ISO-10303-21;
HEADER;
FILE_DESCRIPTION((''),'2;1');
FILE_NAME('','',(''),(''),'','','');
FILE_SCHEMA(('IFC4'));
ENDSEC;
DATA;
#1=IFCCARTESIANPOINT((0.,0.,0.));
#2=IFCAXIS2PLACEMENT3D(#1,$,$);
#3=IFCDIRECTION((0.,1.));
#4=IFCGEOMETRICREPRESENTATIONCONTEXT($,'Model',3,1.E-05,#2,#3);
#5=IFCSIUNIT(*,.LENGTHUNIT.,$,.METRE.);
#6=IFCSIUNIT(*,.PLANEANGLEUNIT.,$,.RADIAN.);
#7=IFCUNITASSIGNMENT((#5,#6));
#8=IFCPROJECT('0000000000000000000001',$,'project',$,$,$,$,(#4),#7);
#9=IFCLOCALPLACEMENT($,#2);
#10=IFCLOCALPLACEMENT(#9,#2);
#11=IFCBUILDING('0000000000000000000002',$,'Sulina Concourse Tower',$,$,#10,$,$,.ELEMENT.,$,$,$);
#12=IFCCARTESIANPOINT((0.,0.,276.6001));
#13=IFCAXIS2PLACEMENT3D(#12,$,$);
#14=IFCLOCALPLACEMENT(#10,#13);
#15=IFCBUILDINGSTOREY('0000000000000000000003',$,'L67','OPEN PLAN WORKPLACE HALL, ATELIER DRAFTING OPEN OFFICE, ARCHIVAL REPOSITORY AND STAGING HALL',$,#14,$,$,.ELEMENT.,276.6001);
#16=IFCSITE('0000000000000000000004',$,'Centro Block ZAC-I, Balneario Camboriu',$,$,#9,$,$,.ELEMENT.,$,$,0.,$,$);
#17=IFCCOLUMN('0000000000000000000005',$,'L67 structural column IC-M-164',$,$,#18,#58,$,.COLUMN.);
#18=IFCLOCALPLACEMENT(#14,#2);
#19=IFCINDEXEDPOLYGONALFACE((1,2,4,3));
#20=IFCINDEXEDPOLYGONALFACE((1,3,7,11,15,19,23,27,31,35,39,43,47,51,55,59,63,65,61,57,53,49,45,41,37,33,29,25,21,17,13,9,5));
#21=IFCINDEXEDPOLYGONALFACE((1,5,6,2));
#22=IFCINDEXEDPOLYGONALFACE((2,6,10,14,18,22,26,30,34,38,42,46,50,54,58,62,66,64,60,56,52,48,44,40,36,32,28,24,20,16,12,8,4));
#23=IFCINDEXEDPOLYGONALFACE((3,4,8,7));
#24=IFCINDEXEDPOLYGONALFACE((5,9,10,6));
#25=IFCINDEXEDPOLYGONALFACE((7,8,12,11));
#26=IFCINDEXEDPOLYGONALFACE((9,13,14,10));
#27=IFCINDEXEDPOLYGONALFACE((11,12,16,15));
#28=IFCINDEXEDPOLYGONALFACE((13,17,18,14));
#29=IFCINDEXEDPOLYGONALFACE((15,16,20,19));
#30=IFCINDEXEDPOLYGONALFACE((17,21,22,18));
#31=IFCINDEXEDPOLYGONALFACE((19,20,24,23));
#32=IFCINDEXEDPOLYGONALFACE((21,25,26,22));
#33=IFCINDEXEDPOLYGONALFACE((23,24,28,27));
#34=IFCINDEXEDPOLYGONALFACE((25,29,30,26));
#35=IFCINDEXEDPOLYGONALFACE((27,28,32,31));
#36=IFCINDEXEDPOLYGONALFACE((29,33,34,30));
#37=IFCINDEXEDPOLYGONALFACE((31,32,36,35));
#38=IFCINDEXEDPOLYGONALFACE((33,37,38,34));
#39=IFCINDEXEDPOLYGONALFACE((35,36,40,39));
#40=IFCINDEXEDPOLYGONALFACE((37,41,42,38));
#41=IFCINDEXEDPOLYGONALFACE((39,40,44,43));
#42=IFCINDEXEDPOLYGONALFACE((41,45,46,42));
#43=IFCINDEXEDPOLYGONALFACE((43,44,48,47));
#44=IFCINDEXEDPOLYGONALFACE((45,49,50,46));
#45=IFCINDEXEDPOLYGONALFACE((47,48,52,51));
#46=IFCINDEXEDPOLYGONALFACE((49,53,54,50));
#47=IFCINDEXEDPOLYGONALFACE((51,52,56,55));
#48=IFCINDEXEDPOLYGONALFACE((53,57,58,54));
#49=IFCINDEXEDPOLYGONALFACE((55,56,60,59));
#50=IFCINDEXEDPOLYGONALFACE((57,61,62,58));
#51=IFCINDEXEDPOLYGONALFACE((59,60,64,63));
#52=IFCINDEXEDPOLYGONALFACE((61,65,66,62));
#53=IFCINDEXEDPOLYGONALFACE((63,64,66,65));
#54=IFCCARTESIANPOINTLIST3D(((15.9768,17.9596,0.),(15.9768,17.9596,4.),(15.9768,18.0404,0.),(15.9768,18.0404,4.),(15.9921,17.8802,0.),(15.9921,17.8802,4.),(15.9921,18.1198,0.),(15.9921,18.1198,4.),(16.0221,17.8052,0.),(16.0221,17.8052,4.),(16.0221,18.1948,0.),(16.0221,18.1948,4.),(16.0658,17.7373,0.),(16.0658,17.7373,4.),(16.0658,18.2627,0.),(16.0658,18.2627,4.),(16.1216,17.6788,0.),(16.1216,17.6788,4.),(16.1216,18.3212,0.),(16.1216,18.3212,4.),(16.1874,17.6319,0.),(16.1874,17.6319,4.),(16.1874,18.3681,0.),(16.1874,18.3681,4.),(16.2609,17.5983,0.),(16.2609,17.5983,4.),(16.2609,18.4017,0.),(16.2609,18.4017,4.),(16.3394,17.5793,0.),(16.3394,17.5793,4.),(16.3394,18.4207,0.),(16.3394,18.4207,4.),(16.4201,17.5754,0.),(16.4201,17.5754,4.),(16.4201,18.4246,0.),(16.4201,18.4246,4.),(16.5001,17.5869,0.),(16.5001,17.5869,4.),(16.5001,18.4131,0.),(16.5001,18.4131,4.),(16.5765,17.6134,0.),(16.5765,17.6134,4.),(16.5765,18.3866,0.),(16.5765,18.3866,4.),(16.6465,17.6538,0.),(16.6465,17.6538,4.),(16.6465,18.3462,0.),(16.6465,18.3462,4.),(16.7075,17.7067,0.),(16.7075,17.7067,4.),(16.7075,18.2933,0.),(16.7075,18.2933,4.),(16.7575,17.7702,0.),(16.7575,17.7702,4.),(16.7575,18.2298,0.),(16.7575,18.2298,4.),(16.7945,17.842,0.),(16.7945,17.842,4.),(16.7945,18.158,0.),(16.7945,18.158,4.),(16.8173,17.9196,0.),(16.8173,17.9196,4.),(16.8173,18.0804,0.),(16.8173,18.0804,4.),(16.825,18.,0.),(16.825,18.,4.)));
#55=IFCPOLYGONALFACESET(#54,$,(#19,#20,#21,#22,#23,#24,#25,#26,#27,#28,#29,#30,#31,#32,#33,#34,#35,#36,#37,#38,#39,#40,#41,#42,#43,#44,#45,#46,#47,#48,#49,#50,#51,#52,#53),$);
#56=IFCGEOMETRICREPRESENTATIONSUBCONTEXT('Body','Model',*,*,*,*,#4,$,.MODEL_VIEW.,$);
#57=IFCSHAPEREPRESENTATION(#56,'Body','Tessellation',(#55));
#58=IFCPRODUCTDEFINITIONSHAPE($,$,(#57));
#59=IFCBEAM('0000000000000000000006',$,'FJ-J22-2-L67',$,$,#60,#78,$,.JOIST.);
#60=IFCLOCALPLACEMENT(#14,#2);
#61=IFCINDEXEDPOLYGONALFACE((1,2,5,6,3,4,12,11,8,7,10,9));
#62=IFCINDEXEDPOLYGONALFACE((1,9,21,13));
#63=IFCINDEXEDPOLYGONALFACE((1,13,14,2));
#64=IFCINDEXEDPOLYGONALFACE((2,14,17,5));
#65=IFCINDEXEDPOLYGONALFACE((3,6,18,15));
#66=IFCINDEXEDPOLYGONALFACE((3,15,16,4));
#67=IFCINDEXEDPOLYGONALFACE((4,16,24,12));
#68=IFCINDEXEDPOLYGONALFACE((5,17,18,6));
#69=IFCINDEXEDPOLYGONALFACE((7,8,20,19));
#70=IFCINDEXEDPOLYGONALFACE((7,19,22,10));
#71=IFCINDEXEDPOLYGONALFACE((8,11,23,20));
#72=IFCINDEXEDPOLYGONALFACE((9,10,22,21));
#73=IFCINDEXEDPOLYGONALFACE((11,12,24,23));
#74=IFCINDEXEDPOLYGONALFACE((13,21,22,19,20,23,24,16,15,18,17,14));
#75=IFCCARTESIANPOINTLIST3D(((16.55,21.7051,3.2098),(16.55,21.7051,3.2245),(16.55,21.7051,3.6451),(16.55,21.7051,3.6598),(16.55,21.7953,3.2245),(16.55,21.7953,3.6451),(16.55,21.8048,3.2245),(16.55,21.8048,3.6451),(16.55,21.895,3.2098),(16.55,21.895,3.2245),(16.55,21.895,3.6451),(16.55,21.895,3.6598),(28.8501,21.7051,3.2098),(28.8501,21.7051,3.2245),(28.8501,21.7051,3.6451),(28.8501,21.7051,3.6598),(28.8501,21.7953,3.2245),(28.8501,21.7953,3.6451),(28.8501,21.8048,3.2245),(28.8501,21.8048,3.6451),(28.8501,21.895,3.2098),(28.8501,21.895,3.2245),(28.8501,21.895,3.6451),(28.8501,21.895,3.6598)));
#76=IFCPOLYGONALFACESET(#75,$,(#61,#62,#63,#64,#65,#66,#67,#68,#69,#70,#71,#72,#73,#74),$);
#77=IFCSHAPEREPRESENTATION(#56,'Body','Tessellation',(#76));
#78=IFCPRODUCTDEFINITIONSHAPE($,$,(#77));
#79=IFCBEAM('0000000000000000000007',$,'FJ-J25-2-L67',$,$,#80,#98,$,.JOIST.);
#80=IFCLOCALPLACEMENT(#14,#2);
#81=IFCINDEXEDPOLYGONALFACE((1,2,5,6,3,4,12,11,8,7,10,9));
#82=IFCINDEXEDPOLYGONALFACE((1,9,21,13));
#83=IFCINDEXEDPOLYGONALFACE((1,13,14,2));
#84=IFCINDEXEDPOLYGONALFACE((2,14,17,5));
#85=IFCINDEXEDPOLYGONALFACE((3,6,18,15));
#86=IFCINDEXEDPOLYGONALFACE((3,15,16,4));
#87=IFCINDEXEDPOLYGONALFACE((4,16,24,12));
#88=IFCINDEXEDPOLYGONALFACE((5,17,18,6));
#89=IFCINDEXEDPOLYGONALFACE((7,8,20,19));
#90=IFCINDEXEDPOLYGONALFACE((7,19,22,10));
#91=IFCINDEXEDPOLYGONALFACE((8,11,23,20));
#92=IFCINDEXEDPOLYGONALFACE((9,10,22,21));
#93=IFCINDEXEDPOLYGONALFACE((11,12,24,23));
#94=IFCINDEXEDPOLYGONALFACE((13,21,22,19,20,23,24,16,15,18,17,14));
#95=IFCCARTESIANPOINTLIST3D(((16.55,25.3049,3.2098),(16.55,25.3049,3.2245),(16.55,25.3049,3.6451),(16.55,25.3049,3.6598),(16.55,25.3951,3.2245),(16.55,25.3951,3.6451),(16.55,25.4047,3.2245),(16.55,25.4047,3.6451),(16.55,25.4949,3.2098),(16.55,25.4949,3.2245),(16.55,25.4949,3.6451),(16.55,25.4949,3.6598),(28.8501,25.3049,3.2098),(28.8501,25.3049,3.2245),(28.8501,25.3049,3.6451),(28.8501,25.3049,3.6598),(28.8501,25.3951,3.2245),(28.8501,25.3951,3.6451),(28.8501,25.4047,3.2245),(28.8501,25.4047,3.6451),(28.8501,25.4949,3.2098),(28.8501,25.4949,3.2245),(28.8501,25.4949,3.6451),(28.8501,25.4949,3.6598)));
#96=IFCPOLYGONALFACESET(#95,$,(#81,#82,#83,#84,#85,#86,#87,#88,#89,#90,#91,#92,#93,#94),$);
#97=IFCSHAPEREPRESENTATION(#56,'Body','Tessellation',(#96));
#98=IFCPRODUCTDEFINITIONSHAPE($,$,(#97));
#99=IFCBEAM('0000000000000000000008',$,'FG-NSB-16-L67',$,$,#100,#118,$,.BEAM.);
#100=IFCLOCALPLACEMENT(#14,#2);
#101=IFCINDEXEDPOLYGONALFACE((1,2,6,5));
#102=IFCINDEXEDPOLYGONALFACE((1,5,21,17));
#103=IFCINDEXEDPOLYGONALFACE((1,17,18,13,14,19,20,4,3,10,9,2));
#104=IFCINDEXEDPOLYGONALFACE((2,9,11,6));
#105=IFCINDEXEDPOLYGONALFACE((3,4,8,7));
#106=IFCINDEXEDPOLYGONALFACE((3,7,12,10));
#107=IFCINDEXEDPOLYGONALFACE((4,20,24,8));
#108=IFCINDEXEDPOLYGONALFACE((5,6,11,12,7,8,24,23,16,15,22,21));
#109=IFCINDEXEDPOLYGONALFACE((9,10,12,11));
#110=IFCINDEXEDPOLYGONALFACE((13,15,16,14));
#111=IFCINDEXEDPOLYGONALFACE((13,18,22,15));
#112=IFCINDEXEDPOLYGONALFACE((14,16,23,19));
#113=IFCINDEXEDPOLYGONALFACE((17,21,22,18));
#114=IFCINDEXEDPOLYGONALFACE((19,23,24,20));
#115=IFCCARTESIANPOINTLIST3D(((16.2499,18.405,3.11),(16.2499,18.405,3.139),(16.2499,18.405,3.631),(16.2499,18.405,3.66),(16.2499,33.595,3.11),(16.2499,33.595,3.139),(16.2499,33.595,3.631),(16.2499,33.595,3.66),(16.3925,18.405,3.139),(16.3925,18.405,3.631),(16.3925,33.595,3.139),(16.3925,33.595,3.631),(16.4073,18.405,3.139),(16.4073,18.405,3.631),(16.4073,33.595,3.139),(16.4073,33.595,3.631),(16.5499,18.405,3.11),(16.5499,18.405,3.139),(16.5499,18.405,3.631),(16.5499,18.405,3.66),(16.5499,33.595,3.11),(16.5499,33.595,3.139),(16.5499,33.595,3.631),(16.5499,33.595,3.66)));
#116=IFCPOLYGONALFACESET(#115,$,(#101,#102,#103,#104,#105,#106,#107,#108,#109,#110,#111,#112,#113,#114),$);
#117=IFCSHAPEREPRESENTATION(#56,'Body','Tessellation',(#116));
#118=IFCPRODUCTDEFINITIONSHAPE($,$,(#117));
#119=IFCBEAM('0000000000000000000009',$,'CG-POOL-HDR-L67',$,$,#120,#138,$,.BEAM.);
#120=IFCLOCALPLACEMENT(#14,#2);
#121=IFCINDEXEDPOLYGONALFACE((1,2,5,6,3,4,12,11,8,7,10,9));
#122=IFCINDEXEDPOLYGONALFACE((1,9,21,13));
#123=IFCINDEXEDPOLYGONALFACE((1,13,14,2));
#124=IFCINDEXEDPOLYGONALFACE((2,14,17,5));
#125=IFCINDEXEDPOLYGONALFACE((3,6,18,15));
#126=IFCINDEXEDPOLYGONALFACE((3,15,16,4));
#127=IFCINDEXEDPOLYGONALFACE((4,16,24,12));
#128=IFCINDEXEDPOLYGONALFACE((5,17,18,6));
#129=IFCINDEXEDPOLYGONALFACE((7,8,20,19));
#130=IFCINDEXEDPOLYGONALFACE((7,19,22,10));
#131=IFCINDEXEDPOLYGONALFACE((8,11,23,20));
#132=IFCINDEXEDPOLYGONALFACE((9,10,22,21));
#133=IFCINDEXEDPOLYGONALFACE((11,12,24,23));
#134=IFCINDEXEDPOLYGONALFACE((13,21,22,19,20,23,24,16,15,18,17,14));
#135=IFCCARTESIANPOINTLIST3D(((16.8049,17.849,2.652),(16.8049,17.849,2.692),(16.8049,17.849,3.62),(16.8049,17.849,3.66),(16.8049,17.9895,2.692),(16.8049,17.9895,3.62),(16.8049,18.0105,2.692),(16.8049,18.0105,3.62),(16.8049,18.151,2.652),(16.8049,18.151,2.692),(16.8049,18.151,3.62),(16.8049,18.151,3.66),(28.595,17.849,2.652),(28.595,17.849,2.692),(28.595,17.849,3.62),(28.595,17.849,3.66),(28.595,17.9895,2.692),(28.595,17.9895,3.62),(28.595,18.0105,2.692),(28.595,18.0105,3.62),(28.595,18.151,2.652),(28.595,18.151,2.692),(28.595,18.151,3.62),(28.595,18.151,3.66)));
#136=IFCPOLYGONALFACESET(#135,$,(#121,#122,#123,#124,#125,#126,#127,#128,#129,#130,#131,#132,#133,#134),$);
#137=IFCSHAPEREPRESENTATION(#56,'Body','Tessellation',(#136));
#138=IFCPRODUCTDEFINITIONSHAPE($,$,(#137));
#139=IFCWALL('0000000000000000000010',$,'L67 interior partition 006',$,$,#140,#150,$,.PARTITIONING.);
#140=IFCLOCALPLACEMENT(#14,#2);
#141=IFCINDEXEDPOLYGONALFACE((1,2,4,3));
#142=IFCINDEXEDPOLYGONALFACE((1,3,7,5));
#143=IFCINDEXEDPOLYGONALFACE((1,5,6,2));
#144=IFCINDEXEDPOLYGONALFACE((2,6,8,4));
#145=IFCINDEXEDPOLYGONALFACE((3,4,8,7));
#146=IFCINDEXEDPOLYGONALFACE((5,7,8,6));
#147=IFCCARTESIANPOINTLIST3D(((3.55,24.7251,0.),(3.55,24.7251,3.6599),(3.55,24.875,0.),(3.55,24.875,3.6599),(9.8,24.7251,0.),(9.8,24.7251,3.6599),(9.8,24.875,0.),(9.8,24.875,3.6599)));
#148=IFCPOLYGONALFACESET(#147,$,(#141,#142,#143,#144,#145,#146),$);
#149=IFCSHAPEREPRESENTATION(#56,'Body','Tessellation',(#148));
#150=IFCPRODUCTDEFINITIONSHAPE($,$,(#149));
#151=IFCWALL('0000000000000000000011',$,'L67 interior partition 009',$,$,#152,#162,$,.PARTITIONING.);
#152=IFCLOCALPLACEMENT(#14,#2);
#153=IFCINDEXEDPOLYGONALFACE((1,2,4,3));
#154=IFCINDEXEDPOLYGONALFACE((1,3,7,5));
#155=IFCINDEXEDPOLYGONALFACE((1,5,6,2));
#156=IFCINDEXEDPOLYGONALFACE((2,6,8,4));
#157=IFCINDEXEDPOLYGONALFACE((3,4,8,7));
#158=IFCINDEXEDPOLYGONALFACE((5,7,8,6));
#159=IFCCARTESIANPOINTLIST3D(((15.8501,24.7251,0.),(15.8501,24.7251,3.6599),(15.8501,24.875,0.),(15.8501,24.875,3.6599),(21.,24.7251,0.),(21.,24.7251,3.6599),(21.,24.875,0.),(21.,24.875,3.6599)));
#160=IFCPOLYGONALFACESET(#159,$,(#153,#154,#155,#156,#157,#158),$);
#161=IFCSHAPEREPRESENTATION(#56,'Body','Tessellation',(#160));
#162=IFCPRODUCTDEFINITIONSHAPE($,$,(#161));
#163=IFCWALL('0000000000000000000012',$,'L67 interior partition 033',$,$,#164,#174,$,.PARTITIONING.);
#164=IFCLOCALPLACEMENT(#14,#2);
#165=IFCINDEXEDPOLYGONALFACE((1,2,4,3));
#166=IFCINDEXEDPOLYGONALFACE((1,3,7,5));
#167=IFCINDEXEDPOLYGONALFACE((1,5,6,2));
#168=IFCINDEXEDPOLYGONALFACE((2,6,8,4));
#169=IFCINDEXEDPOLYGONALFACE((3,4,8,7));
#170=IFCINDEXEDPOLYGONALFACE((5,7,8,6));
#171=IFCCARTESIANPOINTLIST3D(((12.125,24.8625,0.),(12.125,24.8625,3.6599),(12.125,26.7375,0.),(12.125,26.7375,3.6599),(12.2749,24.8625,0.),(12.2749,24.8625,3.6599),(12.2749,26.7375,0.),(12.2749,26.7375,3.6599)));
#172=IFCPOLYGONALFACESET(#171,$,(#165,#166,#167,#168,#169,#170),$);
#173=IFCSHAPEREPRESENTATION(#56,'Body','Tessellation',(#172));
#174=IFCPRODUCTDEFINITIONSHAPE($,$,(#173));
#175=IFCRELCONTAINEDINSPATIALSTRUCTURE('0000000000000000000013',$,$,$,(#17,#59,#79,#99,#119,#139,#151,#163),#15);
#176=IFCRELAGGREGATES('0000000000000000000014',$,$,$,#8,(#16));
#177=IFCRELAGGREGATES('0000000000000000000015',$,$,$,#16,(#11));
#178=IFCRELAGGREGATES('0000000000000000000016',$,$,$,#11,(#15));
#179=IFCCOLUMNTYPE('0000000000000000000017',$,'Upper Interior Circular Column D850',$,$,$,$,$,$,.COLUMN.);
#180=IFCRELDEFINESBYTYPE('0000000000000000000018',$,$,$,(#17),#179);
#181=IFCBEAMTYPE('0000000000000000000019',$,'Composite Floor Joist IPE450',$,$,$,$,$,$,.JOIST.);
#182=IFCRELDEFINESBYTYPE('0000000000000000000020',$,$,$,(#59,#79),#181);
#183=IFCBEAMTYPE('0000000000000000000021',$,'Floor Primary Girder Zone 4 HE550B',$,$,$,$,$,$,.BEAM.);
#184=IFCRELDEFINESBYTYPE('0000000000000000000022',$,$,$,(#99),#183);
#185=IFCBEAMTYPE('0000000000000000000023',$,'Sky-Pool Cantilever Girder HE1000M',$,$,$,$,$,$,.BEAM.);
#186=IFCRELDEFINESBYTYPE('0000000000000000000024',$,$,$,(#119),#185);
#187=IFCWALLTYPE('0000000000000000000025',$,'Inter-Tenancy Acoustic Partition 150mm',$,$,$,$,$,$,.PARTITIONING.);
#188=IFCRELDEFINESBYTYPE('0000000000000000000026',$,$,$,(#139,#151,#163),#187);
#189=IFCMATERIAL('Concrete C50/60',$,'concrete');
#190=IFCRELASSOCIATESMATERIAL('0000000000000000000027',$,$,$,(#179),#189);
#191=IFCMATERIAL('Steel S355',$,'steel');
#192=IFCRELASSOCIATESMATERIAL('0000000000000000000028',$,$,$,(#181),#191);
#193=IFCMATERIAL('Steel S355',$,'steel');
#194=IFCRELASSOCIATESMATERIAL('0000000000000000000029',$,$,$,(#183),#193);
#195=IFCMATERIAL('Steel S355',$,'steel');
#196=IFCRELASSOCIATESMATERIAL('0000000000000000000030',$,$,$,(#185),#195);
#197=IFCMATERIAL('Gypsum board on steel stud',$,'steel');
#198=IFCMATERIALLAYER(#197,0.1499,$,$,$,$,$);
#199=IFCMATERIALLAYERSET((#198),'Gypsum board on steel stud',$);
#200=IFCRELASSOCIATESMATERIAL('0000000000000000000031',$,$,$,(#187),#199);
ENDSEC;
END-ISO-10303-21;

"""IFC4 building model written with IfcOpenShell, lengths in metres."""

from ifc_helpers import new_model, si_unit, direction, frame, frame_2d, origin, origin_2d, place, context, subcontext, project, spatial, rectangle, circle, i_section, extrude, material, layer, layer_set, material_profile, profile_set, type_object, element, save


model = new_model("IFC4")

# Units and contexts
model_context = context("Model", 3, precision=1e-05, world=origin(), true_north=direction((0.0, 1.0)))
body_context = subcontext(model_context, "Body", "Model", "MODEL_VIEW")
ifc_project = project(units=[si_unit("LENGTHUNIT", "METRE"), si_unit("PLANEANGLEUNIT", "RADIAN")], contexts=[model_context])

# Site, building, storey
site_placement = place(None, origin())
site = spatial("IfcSite", under=ifc_project, at=site_placement, Name="Centro Block ZAC-I, Balneario Camboriu", CompositionType="ELEMENT", RefElevation=0.0)
building_placement = place(site_placement, origin())
building = spatial("IfcBuilding", under=site, at=building_placement, Name="Sulina Concourse Tower", CompositionType="ELEMENT")
storey_placement = place(building_placement, frame((0.0, 0.0, 276.6001)))
storey = spatial("IfcBuildingStorey", under=building, at=storey_placement, Name="L67", Description="OPEN PLAN WORKPLACE HALL, ATELIER DRAFTING OPEN OFFICE, ARCHIVAL REPOSITORY AND STAGING HALL", CompositionType="ELEMENT", Elevation=276.6001)

# Column
ifc_material_1 = material(Name="Concrete C50/60", Category="concrete")
ifc_material_profile_1 = material_profile(ifc_material_1, circle(Radius=0.425, at=origin_2d()), Name="RC D850")
ifc_profile_set_1 = profile_set([ifc_material_profile_1], Name="Concrete C50/60")
column_type = type_object("IfcColumnType", Name="Upper Interior Circular Column D850", PredefinedType="COLUMN", material=ifc_profile_set_1)
column_placement = place(storey_placement, frame((16.3999, 18.0, 0.0), z_axis=(0.0, 0.0, 1.0), x_axis=(1.0, 0.0, 0.0)))
element("IfcColumn", 1, at=column_placement, inside=storey, type_object=column_type, Name="L67 structural column IC-M-164", PredefinedType="COLUMN", context=body_context, shape_type="SweptSolid", body=[
    extrude(circle(Radius=0.425, at=origin_2d()), origin(), (0.0, 0.0, 1.0), 4.0),
])

# Beams
ifc_material_2 = material(Name="Steel S355", Category="steel")
ifc_material_profile_2 = material_profile(ifc_material_2, i_section(OverallWidth=0.1899, OverallDepth=0.45, WebThickness=0.0095, FlangeThickness=0.0146, at=origin_2d()), Name="IPE 450")
ifc_profile_set_2 = profile_set([ifc_material_profile_2], Name="Steel S355")
beam_type_1 = type_object("IfcBeamType", Name="Composite Floor Joist IPE450", PredefinedType="JOIST", material=ifc_profile_set_2)
for number, where, z_axis, x_axis, name in (
    (2, (16.55, 21.8, 3.4348), (1.0, 0.0, 0.0), (0.0, 1.0, 0.0), "FJ-J22-2-L67"),
    (3, (16.55, 25.3999, 3.4348), (1.0, 0.0, 0.0), (0.0, 1.0, 0.0), "FJ-J25-2-L67"),
):
    element("IfcBeam", number, at=place(storey_placement, frame(where, z_axis=z_axis, x_axis=x_axis)), inside=storey, type_object=beam_type_1, Name=name, PredefinedType="JOIST", context=body_context, shape_type="SweptSolid", body=[
        extrude(i_section(OverallWidth=0.1899, OverallDepth=0.45, WebThickness=0.0095, FlangeThickness=0.0146, at=origin_2d()), origin(), (0.0, 0.0, 1.0), 12.3),
    ])
ifc_material_3 = material(Name="Steel S355", Category="steel")
ifc_material_profile_3 = material_profile(ifc_material_3, i_section(OverallWidth=0.3, OverallDepth=0.55, WebThickness=0.0149, FlangeThickness=0.0291, at=origin_2d()), Name="HE 550 B")
ifc_profile_set_3 = profile_set([ifc_material_profile_3], Name="Steel S355")
beam_type_2 = type_object("IfcBeamType", Name="Floor Primary Girder Zone 4 HE550B", PredefinedType="BEAM", material=ifc_profile_set_3)
beam_1_placement = place(storey_placement, frame((16.3999, 18.405, 3.385), z_axis=(0.0, 1.0, 0.0), x_axis=(-1.0, 0.0, 0.0)))
element("IfcBeam", 4, at=beam_1_placement, inside=storey, type_object=beam_type_2, Name="FG-NSB-16-L67", PredefinedType="BEAM", context=body_context, shape_type="SweptSolid", body=[
    extrude(i_section(OverallWidth=0.3, OverallDepth=0.55, WebThickness=0.0149, FlangeThickness=0.0291, at=origin_2d()), origin(), (0.0, 0.0, 1.0), 15.1899),
])
ifc_material_4 = material(Name="Steel S355", Category="steel")
ifc_material_profile_4 = material_profile(ifc_material_4, i_section(OverallWidth=0.302, OverallDepth=1.0081, WebThickness=0.021, FlangeThickness=0.04, at=origin_2d()), Name="HE 1000 M")
ifc_profile_set_4 = profile_set([ifc_material_profile_4], Name="Steel S355")
beam_type_3 = type_object("IfcBeamType", Name="Sky-Pool Cantilever Girder HE1000M", PredefinedType="BEAM", material=ifc_profile_set_4)
beam_2_placement = place(storey_placement, frame((16.8049, 18.0, 3.156), z_axis=(1.0, 0.0, 0.0), x_axis=(0.0, 1.0, 0.0)))
element("IfcBeam", 5, at=beam_2_placement, inside=storey, type_object=beam_type_3, Name="CG-POOL-HDR-L67", PredefinedType="BEAM", context=body_context, shape_type="SweptSolid", body=[
    extrude(i_section(OverallWidth=0.302, OverallDepth=1.0081, WebThickness=0.021, FlangeThickness=0.04, at=origin_2d()), origin(), (0.0, 0.0, 1.0), 11.79),
])

# Walls
ifc_material_5 = material(Name="Gypsum board on steel stud", Category="steel")
ifc_layer_1 = layer(ifc_material_5, 0.1499)
ifc_layer_set_1 = layer_set([ifc_layer_1], Name="Gypsum board on steel stud")
wall_type_1 = type_object("IfcWallType", Name="Inter-Tenancy Acoustic Partition 150mm", PredefinedType="PARTITIONING", material=ifc_layer_set_1)
wall_1_placement = place(storey_placement, frame((3.55, 24.8, 0.0), z_axis=(0.0, 0.0, 1.0), x_axis=(1.0, 0.0, 0.0)))
element("IfcWall", 6, at=wall_1_placement, inside=storey, type_object=wall_type_1, Name="L67 interior partition 006", PredefinedType="PARTITIONING", context=body_context, shape_type="SweptSolid", body=[
    extrude(rectangle(XDim=6.25, YDim=0.1499, at=frame_2d((3.125, 0.0))), origin(), (0.0, 0.0, 1.0), 3.6599),
])
wall_2_placement = place(storey_placement, frame((15.8501, 24.8, 0.0), z_axis=(0.0, 0.0, 1.0), x_axis=(1.0, 0.0, 0.0)))
element("IfcWall", 7, at=wall_2_placement, inside=storey, type_object=wall_type_1, Name="L67 interior partition 009", PredefinedType="PARTITIONING", context=body_context, shape_type="SweptSolid", body=[
    extrude(rectangle(XDim=5.1499, YDim=0.1499, at=frame_2d((2.575, 0.0))), origin(), (0.0, 0.0, 1.0), 3.6599),
])
wall_3_placement = place(storey_placement, frame((12.2, 24.8625, 0.0), z_axis=(0.0, 0.0, 1.0), x_axis=(0.0, 1.0, 0.0)))
element("IfcWall", 8, at=wall_3_placement, inside=storey, type_object=wall_type_1, Name="L67 interior partition 033", PredefinedType="PARTITIONING", context=body_context, shape_type="SweptSolid", body=[
    extrude(rectangle(XDim=1.875, YDim=0.1499, at=frame_2d((0.9375, 0.0))), origin(), (0.0, 0.0, 1.0), 3.6599),
])

save(model, "model.ifc")
